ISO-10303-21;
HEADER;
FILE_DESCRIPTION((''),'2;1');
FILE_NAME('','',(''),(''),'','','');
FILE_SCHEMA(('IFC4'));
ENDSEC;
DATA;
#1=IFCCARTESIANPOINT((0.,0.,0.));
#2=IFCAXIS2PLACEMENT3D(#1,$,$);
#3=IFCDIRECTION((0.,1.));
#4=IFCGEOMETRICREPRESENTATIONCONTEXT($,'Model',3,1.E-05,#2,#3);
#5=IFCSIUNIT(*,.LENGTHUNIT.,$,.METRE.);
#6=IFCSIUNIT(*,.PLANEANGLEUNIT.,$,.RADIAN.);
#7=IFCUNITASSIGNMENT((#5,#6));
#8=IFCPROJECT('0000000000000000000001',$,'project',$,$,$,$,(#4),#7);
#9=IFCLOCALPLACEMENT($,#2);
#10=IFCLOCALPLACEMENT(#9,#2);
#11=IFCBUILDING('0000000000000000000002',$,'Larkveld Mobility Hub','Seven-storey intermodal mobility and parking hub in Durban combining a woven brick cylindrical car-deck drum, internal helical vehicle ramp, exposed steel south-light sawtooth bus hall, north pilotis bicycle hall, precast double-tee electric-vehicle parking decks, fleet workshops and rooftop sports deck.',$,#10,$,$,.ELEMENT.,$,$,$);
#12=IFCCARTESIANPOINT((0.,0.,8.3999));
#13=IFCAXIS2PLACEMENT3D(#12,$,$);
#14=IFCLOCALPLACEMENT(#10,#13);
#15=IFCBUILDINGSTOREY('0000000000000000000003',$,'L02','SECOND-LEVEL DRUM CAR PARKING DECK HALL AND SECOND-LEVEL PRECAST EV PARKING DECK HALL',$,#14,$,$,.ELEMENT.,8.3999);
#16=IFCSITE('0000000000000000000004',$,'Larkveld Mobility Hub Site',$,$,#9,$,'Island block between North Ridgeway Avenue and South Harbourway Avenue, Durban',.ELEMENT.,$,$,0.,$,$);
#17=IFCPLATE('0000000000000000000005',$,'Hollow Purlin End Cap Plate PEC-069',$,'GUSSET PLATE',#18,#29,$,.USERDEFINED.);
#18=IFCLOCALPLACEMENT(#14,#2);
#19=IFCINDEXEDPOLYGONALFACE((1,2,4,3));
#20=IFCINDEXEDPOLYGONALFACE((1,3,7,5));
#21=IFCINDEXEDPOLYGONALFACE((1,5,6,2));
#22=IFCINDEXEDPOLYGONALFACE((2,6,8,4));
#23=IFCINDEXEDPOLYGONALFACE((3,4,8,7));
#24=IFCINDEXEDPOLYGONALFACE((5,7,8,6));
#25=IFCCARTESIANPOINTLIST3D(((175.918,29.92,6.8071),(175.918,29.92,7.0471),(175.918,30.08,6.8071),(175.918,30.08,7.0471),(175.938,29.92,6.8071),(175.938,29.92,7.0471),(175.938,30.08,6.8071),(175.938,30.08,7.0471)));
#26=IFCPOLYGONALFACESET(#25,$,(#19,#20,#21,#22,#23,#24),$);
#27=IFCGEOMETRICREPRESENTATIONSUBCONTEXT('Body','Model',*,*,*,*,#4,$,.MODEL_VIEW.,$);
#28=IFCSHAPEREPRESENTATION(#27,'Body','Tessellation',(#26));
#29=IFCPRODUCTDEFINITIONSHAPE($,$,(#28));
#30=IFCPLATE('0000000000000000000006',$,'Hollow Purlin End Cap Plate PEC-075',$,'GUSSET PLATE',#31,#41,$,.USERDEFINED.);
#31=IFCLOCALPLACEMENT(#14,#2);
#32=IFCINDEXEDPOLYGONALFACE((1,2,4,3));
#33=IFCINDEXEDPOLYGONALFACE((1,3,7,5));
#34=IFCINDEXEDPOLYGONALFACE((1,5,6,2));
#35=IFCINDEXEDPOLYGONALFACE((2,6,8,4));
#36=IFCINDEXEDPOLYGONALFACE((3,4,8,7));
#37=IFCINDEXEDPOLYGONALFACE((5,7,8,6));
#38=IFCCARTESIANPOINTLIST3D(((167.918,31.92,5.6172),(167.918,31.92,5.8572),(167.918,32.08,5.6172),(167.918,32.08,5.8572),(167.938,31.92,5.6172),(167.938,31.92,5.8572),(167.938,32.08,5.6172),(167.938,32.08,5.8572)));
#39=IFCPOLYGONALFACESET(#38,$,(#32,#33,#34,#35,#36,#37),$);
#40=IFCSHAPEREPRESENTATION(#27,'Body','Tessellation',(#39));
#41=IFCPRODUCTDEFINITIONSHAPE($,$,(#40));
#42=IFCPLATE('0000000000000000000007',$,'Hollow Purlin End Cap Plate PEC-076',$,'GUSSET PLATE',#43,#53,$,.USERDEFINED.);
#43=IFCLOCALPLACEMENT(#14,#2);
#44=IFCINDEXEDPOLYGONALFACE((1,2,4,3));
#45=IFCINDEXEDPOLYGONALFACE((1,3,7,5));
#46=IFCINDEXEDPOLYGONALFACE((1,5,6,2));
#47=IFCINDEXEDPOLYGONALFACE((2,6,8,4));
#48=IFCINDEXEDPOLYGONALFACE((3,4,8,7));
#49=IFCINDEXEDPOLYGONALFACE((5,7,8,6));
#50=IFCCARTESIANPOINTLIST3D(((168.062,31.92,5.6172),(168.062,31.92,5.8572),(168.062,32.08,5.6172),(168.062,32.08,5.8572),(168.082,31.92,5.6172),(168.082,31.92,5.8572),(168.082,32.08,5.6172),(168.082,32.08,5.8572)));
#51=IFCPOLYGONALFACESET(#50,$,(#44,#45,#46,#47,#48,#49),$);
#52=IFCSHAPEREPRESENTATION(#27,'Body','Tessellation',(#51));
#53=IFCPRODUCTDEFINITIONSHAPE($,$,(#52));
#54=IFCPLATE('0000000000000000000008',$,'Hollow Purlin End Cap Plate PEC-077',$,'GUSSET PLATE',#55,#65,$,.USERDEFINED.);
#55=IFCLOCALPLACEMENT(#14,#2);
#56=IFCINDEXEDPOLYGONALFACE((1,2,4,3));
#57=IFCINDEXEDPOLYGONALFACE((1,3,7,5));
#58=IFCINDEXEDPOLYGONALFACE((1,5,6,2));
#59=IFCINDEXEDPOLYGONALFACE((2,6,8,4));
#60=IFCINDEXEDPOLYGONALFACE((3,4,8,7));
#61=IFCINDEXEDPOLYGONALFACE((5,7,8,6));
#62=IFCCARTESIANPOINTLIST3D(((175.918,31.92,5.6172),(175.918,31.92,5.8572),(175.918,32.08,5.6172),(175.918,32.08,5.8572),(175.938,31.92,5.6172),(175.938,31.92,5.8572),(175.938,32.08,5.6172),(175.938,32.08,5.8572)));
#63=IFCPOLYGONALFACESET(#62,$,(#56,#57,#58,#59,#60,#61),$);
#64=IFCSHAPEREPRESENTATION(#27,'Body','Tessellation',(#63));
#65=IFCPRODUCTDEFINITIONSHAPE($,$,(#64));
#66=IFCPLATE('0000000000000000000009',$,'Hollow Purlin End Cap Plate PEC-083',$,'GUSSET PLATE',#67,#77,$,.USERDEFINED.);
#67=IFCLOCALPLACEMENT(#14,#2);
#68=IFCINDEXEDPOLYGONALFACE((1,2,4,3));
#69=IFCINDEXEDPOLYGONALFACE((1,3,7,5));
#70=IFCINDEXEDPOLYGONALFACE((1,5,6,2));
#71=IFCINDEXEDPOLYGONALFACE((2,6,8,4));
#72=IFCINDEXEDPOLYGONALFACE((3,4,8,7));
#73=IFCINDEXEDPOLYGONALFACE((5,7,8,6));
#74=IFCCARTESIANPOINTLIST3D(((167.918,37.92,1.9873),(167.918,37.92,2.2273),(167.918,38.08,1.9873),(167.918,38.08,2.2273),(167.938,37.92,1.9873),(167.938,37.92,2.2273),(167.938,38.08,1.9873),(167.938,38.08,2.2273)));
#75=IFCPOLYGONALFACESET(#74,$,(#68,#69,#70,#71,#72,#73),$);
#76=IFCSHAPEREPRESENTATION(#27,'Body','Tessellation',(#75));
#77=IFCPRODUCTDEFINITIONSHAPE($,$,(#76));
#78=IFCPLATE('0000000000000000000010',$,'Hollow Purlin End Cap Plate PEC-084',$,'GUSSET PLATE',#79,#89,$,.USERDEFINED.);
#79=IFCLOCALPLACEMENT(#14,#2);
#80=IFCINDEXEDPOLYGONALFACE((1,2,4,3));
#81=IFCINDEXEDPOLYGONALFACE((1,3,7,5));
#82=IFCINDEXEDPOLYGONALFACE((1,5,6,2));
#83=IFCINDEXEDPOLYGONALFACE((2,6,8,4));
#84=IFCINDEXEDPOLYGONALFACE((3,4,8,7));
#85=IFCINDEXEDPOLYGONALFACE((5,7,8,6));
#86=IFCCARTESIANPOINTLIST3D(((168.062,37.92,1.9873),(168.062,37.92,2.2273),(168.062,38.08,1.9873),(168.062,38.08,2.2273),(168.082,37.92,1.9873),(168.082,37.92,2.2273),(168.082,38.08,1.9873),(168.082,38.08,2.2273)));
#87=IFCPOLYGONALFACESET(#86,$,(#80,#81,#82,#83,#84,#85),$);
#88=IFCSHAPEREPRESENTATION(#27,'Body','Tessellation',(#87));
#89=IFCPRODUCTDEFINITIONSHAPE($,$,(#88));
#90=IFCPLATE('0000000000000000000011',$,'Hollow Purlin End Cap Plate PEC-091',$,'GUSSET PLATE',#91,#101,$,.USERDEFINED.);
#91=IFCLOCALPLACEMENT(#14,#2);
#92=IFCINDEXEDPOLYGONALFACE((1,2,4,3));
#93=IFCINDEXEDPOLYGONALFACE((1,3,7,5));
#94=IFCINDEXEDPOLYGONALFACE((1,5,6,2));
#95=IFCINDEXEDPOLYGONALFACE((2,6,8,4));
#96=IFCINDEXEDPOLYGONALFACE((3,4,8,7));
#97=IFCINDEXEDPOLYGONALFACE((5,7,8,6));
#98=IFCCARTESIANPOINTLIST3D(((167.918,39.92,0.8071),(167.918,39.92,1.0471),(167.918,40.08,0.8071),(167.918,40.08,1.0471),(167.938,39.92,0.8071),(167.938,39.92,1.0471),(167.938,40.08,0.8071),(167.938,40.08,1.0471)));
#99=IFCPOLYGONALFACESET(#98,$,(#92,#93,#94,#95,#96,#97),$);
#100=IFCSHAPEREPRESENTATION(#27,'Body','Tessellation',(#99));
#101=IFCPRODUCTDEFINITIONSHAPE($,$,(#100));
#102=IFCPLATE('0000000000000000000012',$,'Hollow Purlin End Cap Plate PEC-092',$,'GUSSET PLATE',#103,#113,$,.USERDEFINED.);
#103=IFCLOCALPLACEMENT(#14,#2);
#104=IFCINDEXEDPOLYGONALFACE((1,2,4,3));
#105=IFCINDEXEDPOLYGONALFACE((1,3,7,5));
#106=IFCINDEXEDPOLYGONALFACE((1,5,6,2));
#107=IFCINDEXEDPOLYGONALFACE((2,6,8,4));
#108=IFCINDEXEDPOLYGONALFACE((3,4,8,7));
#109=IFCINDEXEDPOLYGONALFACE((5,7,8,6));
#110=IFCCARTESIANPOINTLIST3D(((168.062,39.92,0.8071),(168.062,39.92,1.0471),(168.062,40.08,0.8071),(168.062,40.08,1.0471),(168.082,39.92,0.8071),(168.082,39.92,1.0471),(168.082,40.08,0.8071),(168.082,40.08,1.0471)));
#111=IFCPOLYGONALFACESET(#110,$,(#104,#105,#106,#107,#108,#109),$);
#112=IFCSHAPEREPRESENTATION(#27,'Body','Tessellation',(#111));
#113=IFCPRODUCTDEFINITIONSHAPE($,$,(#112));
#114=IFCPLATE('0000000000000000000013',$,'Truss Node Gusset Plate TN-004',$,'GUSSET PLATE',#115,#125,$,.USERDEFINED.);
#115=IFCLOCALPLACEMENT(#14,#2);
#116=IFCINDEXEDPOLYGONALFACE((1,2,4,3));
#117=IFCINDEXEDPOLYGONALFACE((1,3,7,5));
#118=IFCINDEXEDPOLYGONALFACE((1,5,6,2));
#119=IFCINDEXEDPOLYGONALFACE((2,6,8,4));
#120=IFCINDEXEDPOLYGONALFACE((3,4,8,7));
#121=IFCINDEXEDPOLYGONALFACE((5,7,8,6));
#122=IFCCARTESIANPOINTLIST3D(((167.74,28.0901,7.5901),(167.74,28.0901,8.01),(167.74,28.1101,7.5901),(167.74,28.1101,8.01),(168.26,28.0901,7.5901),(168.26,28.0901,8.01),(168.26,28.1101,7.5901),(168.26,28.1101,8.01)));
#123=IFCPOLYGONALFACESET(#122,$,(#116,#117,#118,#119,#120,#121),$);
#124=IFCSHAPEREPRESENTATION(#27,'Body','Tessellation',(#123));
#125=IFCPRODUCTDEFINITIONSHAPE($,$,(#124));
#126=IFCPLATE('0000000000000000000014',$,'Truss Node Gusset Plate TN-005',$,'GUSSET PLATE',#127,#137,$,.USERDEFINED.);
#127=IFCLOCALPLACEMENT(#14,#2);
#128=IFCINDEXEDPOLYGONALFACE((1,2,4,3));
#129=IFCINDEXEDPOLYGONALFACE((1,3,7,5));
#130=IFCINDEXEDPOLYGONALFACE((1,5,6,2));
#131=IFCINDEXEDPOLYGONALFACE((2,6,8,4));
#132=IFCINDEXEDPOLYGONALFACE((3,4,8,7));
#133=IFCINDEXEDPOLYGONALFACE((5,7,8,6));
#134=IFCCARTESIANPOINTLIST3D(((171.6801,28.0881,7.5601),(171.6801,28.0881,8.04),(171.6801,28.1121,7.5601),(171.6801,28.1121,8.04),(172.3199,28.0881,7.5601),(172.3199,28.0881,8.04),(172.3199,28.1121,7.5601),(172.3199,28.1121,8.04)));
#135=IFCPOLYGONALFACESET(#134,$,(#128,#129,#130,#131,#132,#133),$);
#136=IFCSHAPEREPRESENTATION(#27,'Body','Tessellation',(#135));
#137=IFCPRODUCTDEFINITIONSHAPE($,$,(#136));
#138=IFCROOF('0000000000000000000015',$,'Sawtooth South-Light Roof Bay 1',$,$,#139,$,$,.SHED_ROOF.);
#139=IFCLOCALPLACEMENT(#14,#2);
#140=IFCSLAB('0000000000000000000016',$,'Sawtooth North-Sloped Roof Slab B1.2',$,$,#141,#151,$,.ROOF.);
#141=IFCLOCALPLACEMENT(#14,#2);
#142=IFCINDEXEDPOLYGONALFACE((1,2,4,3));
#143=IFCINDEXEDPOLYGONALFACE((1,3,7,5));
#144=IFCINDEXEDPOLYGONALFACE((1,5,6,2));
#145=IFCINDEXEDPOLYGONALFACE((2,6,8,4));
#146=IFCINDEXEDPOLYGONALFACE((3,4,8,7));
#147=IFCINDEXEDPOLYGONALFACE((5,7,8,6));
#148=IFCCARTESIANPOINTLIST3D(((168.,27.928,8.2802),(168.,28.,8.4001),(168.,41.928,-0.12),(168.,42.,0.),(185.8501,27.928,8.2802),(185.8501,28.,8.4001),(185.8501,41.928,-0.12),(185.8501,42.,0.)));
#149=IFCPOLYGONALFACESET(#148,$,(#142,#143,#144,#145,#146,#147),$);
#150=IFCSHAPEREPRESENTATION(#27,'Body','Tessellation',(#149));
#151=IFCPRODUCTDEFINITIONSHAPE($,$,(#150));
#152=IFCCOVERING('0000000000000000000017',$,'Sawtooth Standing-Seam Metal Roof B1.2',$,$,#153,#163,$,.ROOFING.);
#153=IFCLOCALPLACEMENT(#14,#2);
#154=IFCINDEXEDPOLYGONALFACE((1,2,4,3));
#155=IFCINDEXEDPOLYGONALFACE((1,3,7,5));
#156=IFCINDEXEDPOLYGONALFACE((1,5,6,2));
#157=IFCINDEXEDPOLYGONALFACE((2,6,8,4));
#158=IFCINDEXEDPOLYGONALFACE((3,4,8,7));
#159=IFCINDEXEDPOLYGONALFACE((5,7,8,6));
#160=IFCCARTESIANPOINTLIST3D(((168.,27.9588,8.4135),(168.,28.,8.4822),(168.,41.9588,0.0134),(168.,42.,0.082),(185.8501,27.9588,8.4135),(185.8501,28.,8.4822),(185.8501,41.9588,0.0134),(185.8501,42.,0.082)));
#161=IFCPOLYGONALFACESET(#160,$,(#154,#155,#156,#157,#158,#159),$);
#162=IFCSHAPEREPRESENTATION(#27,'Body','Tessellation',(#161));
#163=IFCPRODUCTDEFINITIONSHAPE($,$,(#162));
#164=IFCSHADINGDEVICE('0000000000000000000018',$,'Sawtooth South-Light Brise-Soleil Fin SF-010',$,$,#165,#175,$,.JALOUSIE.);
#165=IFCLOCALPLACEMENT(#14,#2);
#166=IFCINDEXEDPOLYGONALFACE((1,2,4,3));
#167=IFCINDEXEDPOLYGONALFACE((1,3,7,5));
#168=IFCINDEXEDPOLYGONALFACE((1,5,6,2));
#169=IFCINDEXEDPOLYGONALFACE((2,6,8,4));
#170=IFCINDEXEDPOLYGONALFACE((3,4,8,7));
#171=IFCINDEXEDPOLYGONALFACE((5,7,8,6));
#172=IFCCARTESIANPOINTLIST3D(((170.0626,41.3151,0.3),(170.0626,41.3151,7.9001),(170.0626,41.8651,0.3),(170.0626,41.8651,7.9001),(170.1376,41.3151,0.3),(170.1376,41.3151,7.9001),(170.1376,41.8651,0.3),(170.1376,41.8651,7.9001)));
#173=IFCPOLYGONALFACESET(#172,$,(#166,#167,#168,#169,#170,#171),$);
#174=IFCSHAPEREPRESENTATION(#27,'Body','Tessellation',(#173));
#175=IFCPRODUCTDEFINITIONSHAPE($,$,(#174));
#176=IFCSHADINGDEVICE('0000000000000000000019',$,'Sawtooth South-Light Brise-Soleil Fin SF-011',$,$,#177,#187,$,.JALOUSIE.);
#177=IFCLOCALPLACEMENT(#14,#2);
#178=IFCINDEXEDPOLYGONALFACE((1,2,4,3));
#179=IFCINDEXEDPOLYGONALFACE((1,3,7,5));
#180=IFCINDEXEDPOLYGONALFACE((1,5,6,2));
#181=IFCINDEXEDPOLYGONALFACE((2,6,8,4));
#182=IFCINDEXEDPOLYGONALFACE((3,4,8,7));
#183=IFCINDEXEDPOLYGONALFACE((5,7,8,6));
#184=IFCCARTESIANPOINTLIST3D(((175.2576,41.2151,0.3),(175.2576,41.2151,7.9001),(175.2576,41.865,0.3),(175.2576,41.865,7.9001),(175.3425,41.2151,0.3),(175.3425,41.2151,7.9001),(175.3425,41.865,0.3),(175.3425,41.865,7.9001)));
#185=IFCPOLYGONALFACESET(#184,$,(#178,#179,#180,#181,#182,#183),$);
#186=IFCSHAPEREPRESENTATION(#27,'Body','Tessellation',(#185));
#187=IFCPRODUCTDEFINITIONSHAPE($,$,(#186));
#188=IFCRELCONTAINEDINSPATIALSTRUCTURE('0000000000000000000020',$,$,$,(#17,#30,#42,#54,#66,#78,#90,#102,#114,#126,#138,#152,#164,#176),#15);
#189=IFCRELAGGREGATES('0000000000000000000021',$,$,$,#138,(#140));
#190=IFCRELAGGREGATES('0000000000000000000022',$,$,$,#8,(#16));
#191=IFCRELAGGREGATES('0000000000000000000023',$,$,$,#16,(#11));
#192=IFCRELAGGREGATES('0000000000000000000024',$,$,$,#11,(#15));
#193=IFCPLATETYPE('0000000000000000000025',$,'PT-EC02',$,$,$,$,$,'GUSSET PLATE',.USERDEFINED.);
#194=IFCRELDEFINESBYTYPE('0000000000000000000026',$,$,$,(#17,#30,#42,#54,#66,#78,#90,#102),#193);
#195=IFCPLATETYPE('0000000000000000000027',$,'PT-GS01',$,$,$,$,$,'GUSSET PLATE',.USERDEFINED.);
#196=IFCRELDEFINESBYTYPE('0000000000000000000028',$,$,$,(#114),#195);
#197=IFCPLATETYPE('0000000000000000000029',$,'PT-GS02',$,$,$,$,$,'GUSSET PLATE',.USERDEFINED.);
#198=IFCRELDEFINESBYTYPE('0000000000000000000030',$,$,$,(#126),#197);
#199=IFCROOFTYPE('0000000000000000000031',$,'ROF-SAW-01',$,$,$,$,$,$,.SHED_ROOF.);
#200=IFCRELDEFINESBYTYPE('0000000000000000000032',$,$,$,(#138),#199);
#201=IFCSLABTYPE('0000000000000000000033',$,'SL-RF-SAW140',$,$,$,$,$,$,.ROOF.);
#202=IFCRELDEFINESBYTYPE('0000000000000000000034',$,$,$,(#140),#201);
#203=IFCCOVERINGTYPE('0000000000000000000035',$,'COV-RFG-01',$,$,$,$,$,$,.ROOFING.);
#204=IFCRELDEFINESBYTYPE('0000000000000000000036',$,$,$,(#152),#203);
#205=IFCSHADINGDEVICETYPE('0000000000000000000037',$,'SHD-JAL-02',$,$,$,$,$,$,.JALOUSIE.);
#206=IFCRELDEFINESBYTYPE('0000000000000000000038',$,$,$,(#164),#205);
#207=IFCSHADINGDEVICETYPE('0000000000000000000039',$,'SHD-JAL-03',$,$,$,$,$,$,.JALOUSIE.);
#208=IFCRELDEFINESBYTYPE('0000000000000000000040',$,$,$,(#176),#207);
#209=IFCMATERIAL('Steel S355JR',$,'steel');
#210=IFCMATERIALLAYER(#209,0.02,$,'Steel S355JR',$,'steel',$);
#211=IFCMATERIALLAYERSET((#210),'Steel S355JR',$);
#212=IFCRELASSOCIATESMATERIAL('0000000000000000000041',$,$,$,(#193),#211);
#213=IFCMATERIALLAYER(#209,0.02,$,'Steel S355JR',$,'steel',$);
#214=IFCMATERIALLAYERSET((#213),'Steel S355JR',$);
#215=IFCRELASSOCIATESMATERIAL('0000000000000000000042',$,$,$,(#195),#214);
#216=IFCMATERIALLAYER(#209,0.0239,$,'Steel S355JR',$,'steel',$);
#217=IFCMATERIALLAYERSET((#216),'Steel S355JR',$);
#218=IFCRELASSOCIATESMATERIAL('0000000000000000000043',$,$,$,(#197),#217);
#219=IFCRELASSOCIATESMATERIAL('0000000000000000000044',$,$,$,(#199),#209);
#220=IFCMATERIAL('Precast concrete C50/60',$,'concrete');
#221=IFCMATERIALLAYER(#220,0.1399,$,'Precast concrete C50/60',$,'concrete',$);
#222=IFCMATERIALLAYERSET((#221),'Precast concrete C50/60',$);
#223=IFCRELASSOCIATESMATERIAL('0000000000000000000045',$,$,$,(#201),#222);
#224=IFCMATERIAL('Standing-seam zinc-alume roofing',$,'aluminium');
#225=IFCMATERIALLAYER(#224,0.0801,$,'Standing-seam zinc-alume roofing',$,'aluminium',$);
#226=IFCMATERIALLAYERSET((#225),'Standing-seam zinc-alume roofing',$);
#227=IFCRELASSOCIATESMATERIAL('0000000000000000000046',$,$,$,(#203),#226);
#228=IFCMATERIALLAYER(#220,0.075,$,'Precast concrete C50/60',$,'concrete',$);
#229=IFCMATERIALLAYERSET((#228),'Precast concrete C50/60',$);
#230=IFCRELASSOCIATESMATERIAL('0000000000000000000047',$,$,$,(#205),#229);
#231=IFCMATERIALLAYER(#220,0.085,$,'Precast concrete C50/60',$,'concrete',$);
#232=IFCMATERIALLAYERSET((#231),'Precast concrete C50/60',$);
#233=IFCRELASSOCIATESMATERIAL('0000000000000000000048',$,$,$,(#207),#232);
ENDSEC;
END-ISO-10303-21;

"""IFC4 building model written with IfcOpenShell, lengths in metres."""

from ifc_helpers import new_model, si_unit, direction, frame, origin, origin_2d, place, context, subcontext, project, spatial, polyline, rectangle, outline, extrude, material, layer, layer_set, type_object, element, aggregate, save


model = new_model("IFC4")

# Units and contexts
model_context = context("Model", 3, precision=1e-05, world=origin(), true_north=direction((0.0, 1.0)))
body_context = subcontext(model_context, "Body", "Model", "MODEL_VIEW")
ifc_project = project(units=[si_unit("LENGTHUNIT", "METRE"), si_unit("PLANEANGLEUNIT", "RADIAN")], contexts=[model_context])

# Site, building, storey
site_placement = place(None, origin())
site = spatial("IfcSite", under=ifc_project, at=site_placement, Name="Larkveld Mobility Hub Site", LongName="Island block between North Ridgeway Avenue and South Harbourway Avenue, Durban", CompositionType="ELEMENT", RefElevation=0.0)
building_placement = place(site_placement, origin())
building = spatial("IfcBuilding", under=site, at=building_placement, Name="Larkveld Mobility Hub", Description="Seven-storey intermodal mobility and parking hub in Durban combining a woven brick cylindrical car-deck drum, internal helical vehicle ramp, exposed steel south-light sawtooth bus hall, north pilotis bicycle hall, precast double-tee electric-vehicle parking decks, fleet workshops and rooftop sports deck.", CompositionType="ELEMENT")
storey_placement = place(building_placement, frame((0.0, 0.0, 8.3999)))
storey = spatial("IfcBuildingStorey", under=building, at=storey_placement, Name="L02", Description="SECOND-LEVEL DRUM CAR PARKING DECK HALL AND SECOND-LEVEL PRECAST EV PARKING DECK HALL", CompositionType="ELEMENT", Elevation=8.3999)

# Shared definitions
ifc_material_1 = material(Name="Steel S355JR", Category="steel")

# Plates
ifc_layer_1 = layer(ifc_material_1, 0.02, Name="Steel S355JR", Category="steel")
ifc_layer_set_1 = layer_set([ifc_layer_1], Name="Steel S355JR")
plate_type_1 = type_object("IfcPlateType", Name="PT-EC02", ElementType="GUSSET PLATE", PredefinedType="USERDEFINED", material=ifc_layer_set_1)
for number, where, z_axis, x_axis, name in (
    (1, (175.928, 30.0, 6.8071), (0.0, 0.0, 1.0), (1.0, 0.0, 0.0), "Hollow Purlin End Cap Plate PEC-069"),
    (2, (167.928, 32.0, 5.6172), (0.0, 0.0, 1.0), (1.0, 0.0, 0.0), "Hollow Purlin End Cap Plate PEC-075"),
    (3, (168.072, 32.0, 5.6172), (0.0, 0.0, 1.0), (1.0, 0.0, 0.0), "Hollow Purlin End Cap Plate PEC-076"),
    (4, (175.928, 32.0, 5.6172), (0.0, 0.0, 1.0), (1.0, 0.0, 0.0), "Hollow Purlin End Cap Plate PEC-077"),
    (5, (167.928, 38.0, 1.9873), (0.0, 0.0, 1.0), (1.0, 0.0, 0.0), "Hollow Purlin End Cap Plate PEC-083"),
    (6, (168.072, 38.0, 1.9873), (0.0, 0.0, 1.0), (1.0, 0.0, 0.0), "Hollow Purlin End Cap Plate PEC-084"),
    (7, (167.928, 40.0, 0.8071), (0.0, 0.0, 1.0), (1.0, 0.0, 0.0), "Hollow Purlin End Cap Plate PEC-091"),
    (8, (168.072, 40.0, 0.8071), (0.0, 0.0, 1.0), (1.0, 0.0, 0.0), "Hollow Purlin End Cap Plate PEC-092"),
):
    element("IfcPlate", number, at=place(storey_placement, frame(where, z_axis=z_axis, x_axis=x_axis)), inside=storey, type_object=plate_type_1, Name=name, ObjectType="GUSSET PLATE", PredefinedType="USERDEFINED", context=body_context, shape_type="SweptSolid", body=[
        extrude(rectangle(XDim=0.02, YDim=0.1599, at=origin_2d()), origin(), (0.0, 0.0, 1.0), 0.24),
    ])
ifc_layer_2 = layer(ifc_material_1, 0.02, Name="Steel S355JR", Category="steel")
ifc_layer_set_2 = layer_set([ifc_layer_2], Name="Steel S355JR")
plate_type_2 = type_object("IfcPlateType", Name="PT-GS01", ElementType="GUSSET PLATE", PredefinedType="USERDEFINED", material=ifc_layer_set_2)
plate_1_placement = place(storey_placement, frame((168.0, 28.1001, 7.5901), z_axis=(0.0, 0.0, 1.0), x_axis=(1.0, 0.0, 0.0)))
element("IfcPlate", 9, at=plate_1_placement, inside=storey, type_object=plate_type_2, Name="Truss Node Gusset Plate TN-004", ObjectType="GUSSET PLATE", PredefinedType="USERDEFINED", context=body_context, shape_type="SweptSolid", body=[
    extrude(rectangle(XDim=0.52, YDim=0.02, at=origin_2d()), origin(), (0.0, 0.0, 1.0), 0.4199),
])
ifc_layer_3 = layer(ifc_material_1, 0.0239, Name="Steel S355JR", Category="steel")
ifc_layer_set_3 = layer_set([ifc_layer_3], Name="Steel S355JR")
plate_type_3 = type_object("IfcPlateType", Name="PT-GS02", ElementType="GUSSET PLATE", PredefinedType="USERDEFINED", material=ifc_layer_set_3)
plate_2_placement = place(storey_placement, frame((172.0, 28.1001, 7.5601), z_axis=(0.0, 0.0, 1.0), x_axis=(1.0, 0.0, 0.0)))
element("IfcPlate", 10, at=plate_2_placement, inside=storey, type_object=plate_type_3, Name="Truss Node Gusset Plate TN-005", ObjectType="GUSSET PLATE", PredefinedType="USERDEFINED", context=body_context, shape_type="SweptSolid", body=[
    extrude(rectangle(XDim=0.6399, YDim=0.0239, at=origin_2d()), origin(), (0.0, 0.0, 1.0), 0.48),
])

# Roof, slab
roof_type = type_object("IfcRoofType", Name="ROF-SAW-01", PredefinedType="SHED_ROOF", material=ifc_material_1)
roof_placement = place(storey_placement, origin())
roof = element("IfcRoof", 11, at=roof_placement, inside=storey, type_object=roof_type, Name="Sawtooth South-Light Roof Bay 1", PredefinedType="SHED_ROOF")
ifc_material_2 = material(Name="Precast concrete C50/60", Category="concrete")
ifc_layer_4 = layer(ifc_material_2, 0.1399, Name="Precast concrete C50/60", Category="concrete")
ifc_layer_set_4 = layer_set([ifc_layer_4], Name="Precast concrete C50/60")
slab_type = type_object("IfcSlabType", Name="SL-RF-SAW140", PredefinedType="ROOF", material=ifc_layer_set_4)
slab_placement = place(storey_placement, frame((168.0, 28.0, 8.4001), z_axis=(0.0, 0.514502, 0.857489), x_axis=(1.0, 0.0, 0.0)))
slab = element("IfcSlab", 12, at=slab_placement, type_object=slab_type, Name="Sawtooth North-Sloped Roof Slab B1.2", PredefinedType="ROOF", context=body_context, shape_type="SweptSolid", body=[
    extrude(outline(polyline([(0.0, 0.0), (17.8501, 0.0), (17.8501, 16.3267), (0.0, 16.3267), (0.0, 0.0)])), origin(), (0.0, 0.0, -1.0), 0.1399),
])
aggregate(roof, [slab])

# Covering
ifc_material_3 = material(Name="Standing-seam zinc-alume roofing", Category="aluminium")
ifc_layer_5 = layer(ifc_material_3, 0.0801, Name="Standing-seam zinc-alume roofing", Category="aluminium")
ifc_layer_set_5 = layer_set([ifc_layer_5], Name="Standing-seam zinc-alume roofing")
covering_type = type_object("IfcCoveringType", Name="COV-RFG-01", PredefinedType="ROOFING", material=ifc_layer_set_5)
covering_placement = place(storey_placement, frame((168.0, 28.0, 8.4822), z_axis=(0.0, 0.514502, 0.857489), x_axis=(1.0, 0.0, 0.0)))
element("IfcCovering", 13, at=covering_placement, inside=storey, type_object=covering_type, Name="Sawtooth Standing-Seam Metal Roof B1.2", PredefinedType="ROOFING", context=body_context, shape_type="SweptSolid", body=[
    extrude(outline(polyline([(0.0, 0.0), (17.8501, 0.0), (17.8501, 16.3267), (0.0, 16.3267), (0.0, 0.0)])), origin(), (0.0, 0.0, -1.0), 0.0801),
])

# Shading devices
ifc_layer_6 = layer(ifc_material_2, 0.075, Name="Precast concrete C50/60", Category="concrete")
ifc_layer_set_6 = layer_set([ifc_layer_6], Name="Precast concrete C50/60")
shading_device_type_1 = type_object("IfcShadingDeviceType", Name="SHD-JAL-02", PredefinedType="JALOUSIE", material=ifc_layer_set_6)
shading_device_1_placement = place(storey_placement, frame((170.1001, 41.5901, 0.3), z_axis=(0.0, 0.0, 1.0), x_axis=(1.0, 0.0, 0.0)))
element("IfcShadingDevice", 14, at=shading_device_1_placement, inside=storey, type_object=shading_device_type_1, Name="Sawtooth South-Light Brise-Soleil Fin SF-010", PredefinedType="JALOUSIE", context=body_context, shape_type="SweptSolid", body=[
    extrude(rectangle(XDim=0.075, YDim=0.55, at=origin_2d()), origin(), (0.0, 0.0, 1.0), 7.6001),
])
ifc_layer_7 = layer(ifc_material_2, 0.085, Name="Precast concrete C50/60", Category="concrete")
ifc_layer_set_7 = layer_set([ifc_layer_7], Name="Precast concrete C50/60")
shading_device_type_2 = type_object("IfcShadingDeviceType", Name="SHD-JAL-03", PredefinedType="JALOUSIE", material=ifc_layer_set_7)
shading_device_2_placement = place(storey_placement, frame((175.3, 41.54, 0.3), z_axis=(0.0, 0.0, 1.0), x_axis=(1.0, 0.0, 0.0)))
element("IfcShadingDevice", 15, at=shading_device_2_placement, inside=storey, type_object=shading_device_type_2, Name="Sawtooth South-Light Brise-Soleil Fin SF-011", PredefinedType="JALOUSIE", context=body_context, shape_type="SweptSolid", body=[
    extrude(rectangle(XDim=0.085, YDim=0.6499, at=origin_2d()), origin(), (0.0, 0.0, 1.0), 7.6001),
])

save(model, "model.ifc")
